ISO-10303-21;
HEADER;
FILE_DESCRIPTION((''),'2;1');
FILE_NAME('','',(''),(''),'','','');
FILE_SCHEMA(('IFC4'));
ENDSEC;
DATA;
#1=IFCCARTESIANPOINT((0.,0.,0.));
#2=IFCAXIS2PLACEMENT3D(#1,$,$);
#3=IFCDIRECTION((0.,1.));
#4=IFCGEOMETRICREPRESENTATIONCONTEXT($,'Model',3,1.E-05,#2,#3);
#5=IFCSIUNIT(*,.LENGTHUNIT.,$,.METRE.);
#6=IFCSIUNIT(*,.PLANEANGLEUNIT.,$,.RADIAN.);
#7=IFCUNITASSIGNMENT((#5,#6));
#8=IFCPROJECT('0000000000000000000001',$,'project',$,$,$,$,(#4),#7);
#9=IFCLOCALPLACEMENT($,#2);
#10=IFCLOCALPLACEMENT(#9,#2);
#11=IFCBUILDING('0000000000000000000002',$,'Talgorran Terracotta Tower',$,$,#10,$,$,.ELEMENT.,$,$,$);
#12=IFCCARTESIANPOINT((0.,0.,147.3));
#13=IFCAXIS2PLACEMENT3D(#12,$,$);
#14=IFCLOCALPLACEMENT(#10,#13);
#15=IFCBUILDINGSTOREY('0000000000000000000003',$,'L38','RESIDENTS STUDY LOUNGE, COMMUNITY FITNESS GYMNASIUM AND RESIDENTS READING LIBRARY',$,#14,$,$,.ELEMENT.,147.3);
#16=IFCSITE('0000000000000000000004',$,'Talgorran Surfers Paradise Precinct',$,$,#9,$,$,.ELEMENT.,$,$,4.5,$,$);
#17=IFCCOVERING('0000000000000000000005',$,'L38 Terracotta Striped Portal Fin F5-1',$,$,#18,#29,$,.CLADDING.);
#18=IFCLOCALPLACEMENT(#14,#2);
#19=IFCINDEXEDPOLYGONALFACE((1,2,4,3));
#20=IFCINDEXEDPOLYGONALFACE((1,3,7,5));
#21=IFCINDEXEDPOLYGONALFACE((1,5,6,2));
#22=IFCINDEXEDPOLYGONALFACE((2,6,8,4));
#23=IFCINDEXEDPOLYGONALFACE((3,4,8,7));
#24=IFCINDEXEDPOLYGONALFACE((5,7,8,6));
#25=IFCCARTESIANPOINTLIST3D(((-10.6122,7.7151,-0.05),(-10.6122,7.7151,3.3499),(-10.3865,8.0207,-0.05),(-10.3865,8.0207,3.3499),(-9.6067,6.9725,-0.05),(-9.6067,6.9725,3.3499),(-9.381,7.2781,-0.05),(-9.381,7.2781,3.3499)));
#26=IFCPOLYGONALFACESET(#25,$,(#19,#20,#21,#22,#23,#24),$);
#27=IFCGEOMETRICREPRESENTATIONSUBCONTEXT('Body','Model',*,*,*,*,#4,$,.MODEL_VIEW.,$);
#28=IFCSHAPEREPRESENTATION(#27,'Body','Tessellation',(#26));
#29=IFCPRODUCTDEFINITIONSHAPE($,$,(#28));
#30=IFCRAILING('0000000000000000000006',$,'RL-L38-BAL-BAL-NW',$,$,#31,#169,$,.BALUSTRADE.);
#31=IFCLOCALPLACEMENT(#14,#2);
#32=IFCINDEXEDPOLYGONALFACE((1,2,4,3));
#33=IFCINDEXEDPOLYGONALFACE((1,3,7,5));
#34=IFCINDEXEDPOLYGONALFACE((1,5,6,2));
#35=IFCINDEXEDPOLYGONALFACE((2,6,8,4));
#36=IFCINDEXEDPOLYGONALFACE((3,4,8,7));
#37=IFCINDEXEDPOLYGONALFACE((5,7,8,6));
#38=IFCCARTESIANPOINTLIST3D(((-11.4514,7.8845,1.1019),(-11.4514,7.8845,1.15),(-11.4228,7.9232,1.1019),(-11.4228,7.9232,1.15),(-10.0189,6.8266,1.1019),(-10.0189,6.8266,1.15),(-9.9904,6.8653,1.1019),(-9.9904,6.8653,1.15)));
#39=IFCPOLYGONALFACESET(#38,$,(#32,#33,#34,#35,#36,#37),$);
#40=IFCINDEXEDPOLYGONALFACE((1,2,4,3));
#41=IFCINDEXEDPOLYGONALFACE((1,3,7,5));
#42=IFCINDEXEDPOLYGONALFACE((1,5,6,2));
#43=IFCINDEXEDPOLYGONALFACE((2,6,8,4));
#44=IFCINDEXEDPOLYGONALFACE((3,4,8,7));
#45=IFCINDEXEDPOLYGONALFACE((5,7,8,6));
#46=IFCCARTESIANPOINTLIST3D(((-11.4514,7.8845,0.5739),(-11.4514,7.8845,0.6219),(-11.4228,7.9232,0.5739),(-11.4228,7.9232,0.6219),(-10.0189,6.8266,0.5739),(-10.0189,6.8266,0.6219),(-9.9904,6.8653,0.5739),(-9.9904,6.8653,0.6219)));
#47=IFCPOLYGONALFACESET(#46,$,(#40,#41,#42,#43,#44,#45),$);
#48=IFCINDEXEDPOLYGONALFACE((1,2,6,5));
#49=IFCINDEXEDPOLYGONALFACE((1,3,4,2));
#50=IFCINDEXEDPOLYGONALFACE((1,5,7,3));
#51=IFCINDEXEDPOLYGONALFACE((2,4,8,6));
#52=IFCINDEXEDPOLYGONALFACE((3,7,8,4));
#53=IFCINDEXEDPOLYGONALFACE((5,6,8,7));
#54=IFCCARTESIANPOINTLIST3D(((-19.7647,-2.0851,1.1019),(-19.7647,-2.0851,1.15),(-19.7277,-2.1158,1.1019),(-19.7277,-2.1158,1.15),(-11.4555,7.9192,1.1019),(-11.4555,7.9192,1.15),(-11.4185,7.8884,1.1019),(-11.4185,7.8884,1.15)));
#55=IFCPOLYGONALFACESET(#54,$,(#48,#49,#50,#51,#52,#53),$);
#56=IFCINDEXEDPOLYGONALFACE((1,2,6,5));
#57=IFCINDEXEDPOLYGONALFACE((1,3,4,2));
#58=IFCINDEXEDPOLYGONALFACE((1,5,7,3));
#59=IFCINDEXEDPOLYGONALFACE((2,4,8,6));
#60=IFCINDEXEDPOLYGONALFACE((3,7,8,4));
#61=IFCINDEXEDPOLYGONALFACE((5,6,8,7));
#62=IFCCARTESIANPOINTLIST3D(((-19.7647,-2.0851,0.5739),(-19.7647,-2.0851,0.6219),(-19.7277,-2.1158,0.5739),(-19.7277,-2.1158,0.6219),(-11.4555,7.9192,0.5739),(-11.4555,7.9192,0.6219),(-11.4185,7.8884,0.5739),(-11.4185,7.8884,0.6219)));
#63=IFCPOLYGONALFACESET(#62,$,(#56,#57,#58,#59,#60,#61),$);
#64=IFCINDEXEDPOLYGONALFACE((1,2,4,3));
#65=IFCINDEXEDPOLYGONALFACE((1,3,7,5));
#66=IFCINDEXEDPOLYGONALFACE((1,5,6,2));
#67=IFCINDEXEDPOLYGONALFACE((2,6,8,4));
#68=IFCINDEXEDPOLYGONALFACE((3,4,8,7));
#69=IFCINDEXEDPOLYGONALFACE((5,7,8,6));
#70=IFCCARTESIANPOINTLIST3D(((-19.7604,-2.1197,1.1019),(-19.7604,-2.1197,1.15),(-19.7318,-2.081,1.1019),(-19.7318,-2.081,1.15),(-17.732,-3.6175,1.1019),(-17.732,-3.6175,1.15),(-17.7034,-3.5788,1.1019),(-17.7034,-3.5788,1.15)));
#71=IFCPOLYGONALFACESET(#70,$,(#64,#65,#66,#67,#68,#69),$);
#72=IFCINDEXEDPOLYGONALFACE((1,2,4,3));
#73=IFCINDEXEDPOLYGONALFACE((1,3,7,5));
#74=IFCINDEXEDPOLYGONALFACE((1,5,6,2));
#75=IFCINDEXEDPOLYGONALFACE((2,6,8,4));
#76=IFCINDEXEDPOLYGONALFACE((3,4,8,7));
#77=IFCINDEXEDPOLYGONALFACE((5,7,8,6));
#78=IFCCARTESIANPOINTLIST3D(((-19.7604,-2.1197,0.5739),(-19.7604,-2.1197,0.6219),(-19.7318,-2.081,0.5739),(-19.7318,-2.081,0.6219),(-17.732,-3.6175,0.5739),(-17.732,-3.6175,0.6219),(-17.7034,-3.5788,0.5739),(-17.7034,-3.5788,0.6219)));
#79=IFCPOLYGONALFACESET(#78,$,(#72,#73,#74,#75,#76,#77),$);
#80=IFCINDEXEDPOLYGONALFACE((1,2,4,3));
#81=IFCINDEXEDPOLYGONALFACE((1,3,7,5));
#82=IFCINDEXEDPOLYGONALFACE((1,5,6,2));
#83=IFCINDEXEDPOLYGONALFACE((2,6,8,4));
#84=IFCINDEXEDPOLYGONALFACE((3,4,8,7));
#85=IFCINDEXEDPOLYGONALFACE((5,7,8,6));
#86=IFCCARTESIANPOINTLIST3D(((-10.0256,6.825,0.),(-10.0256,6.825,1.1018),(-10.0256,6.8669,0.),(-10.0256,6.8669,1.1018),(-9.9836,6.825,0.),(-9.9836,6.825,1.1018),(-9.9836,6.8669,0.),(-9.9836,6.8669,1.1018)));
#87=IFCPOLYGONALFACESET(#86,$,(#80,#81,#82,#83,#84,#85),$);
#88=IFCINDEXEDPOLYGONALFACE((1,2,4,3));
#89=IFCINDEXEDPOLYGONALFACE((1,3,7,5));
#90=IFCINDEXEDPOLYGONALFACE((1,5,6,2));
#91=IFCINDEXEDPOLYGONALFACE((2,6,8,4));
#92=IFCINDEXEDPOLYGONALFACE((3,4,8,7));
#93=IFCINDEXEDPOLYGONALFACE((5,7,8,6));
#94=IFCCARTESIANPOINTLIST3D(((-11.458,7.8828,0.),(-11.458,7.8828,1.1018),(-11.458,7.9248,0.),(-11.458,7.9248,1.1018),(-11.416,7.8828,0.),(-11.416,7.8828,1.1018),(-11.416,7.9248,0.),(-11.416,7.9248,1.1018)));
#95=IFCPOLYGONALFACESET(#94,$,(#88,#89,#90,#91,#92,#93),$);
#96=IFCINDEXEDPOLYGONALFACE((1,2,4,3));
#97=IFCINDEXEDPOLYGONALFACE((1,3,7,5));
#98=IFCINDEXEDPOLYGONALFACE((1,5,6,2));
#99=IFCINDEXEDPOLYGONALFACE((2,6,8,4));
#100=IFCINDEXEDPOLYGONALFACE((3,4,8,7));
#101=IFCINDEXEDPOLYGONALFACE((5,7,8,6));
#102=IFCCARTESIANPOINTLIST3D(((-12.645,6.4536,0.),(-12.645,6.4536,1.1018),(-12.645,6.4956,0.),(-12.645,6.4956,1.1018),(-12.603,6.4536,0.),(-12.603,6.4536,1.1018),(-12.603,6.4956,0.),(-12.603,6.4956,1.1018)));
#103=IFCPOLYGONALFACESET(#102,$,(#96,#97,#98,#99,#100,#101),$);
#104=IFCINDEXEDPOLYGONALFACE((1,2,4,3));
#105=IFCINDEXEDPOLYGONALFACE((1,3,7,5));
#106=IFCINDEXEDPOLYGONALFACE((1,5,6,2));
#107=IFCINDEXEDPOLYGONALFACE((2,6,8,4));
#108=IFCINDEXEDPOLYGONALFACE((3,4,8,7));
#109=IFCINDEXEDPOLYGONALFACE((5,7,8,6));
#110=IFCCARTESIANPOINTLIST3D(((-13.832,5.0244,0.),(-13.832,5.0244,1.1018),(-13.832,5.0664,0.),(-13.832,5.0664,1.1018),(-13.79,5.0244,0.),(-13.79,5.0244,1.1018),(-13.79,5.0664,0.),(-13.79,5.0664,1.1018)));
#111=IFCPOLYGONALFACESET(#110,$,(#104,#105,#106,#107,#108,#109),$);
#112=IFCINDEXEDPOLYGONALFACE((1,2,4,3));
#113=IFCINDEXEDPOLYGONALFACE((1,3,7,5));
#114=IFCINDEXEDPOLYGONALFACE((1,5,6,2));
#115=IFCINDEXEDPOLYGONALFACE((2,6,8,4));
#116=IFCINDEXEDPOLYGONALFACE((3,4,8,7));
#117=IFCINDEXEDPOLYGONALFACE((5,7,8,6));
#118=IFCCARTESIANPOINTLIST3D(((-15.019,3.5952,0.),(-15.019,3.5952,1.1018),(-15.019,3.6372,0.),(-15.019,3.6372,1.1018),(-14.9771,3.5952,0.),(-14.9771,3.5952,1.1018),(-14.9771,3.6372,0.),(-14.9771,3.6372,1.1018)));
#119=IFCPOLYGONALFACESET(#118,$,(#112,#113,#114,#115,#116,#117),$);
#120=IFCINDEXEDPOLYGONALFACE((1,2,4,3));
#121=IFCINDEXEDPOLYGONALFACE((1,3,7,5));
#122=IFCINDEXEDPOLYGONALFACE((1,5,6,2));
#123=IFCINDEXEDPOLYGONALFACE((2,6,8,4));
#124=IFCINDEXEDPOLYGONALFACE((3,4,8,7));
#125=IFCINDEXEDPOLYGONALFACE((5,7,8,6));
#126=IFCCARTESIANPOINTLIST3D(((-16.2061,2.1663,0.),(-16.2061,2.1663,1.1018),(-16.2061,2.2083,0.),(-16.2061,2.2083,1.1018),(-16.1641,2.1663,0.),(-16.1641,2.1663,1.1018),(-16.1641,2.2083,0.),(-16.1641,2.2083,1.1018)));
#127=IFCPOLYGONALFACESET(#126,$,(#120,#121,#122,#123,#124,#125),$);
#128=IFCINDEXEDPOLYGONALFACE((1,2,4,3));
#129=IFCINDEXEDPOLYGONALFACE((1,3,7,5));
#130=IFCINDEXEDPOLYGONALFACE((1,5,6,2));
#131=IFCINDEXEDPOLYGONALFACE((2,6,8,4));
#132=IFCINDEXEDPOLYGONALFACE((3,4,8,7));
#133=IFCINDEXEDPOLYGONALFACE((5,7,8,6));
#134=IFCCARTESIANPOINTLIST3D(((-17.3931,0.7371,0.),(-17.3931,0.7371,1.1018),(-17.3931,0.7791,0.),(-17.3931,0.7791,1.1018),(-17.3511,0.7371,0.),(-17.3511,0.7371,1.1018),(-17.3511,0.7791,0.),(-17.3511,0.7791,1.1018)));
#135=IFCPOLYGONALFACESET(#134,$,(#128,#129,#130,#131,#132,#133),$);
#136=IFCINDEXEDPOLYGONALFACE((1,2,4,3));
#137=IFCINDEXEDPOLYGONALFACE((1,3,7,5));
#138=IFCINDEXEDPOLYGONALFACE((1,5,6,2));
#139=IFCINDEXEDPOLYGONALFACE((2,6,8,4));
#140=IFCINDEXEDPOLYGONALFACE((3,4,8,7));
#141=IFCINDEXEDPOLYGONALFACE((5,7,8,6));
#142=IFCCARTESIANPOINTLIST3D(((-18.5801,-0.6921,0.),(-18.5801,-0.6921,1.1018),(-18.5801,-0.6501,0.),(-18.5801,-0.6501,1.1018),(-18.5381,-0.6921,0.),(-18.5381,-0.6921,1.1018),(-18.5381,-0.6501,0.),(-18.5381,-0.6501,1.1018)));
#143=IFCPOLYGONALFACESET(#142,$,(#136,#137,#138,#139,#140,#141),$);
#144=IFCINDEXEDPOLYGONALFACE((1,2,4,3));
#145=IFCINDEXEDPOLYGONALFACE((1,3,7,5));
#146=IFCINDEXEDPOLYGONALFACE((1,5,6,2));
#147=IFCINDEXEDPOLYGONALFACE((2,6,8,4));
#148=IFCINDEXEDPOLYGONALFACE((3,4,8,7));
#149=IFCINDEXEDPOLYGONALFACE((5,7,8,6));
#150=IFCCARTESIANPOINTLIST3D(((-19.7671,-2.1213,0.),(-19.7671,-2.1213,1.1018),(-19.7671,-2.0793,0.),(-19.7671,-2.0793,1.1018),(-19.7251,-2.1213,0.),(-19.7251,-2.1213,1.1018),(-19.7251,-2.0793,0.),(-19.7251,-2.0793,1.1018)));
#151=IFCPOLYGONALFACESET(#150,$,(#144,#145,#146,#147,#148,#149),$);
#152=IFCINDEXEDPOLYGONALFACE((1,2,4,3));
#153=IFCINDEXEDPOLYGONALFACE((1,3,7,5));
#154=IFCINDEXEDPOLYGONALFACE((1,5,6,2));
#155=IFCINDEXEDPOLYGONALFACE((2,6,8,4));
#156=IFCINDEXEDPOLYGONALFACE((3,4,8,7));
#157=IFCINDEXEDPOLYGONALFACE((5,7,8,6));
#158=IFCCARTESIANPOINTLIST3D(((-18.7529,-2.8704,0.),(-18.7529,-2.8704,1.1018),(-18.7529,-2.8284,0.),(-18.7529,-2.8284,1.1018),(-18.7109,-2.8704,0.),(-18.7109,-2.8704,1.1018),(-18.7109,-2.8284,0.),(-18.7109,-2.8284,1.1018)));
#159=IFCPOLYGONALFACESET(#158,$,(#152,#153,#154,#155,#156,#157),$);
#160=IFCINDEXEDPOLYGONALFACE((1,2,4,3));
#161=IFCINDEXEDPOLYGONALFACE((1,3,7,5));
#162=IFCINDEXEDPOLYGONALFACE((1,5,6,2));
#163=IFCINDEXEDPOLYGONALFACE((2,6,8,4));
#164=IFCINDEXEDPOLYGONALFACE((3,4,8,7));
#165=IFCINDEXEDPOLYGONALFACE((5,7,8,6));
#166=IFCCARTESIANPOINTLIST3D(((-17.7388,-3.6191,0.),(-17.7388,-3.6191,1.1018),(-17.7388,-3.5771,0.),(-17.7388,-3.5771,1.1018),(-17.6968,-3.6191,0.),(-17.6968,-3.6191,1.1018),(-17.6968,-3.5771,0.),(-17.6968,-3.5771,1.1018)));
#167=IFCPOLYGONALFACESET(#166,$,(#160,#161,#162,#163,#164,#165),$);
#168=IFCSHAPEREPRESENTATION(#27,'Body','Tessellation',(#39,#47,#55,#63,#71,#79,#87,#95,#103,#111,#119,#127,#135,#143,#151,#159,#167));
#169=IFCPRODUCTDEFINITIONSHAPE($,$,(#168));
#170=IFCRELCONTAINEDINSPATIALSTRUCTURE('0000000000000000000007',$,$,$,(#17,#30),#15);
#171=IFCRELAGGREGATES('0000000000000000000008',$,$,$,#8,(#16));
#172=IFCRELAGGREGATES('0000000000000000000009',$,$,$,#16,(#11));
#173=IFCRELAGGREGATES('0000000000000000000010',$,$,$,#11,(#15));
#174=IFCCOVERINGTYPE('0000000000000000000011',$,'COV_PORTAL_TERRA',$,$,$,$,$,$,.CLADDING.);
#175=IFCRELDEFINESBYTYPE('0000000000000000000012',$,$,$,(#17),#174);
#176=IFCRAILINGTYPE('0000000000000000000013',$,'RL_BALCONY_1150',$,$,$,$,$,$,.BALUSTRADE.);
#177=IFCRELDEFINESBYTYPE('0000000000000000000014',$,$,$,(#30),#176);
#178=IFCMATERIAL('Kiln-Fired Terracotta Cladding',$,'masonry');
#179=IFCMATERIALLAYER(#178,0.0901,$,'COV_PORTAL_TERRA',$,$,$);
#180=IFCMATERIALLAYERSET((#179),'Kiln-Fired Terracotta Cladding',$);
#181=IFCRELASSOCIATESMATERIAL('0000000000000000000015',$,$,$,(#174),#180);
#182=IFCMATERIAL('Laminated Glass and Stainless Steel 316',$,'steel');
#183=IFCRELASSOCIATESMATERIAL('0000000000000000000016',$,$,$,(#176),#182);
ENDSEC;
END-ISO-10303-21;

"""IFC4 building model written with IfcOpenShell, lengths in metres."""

from ifc_helpers import new_model, si_unit, direction, frame, origin, origin_2d, place, context, subcontext, project, spatial, rectangle, extrude, material, layer, layer_set, type_object, element, save


model = new_model("IFC4")

# Units and contexts
model_context = context("Model", 3, precision=1e-05, world=origin(), true_north=direction((0.0, 1.0)))
body_context = subcontext(model_context, "Body", "Model", "MODEL_VIEW")
ifc_project = project(units=[si_unit("LENGTHUNIT", "METRE"), si_unit("PLANEANGLEUNIT", "RADIAN")], contexts=[model_context])

# Site, building, storey
site_placement = place(None, origin())
site = spatial("IfcSite", under=ifc_project, at=site_placement, Name="Talgorran Surfers Paradise Precinct", CompositionType="ELEMENT", RefElevation=4.5)
building_placement = place(site_placement, origin())
building = spatial("IfcBuilding", under=site, at=building_placement, Name="Talgorran Terracotta Tower", CompositionType="ELEMENT")
storey_placement = place(building_placement, frame((0.0, 0.0, 147.3)))
storey = spatial("IfcBuildingStorey", under=building, at=storey_placement, Name="L38", Description="RESIDENTS STUDY LOUNGE, COMMUNITY FITNESS GYMNASIUM AND RESIDENTS READING LIBRARY", CompositionType="ELEMENT", Elevation=147.3)

# Covering
ifc_material_1 = material(Name="Kiln-Fired Terracotta Cladding", Category="masonry")
ifc_layer_1 = layer(ifc_material_1, 0.0901, Name="COV_PORTAL_TERRA")
ifc_layer_set_1 = layer_set([ifc_layer_1], Name="Kiln-Fired Terracotta Cladding")
covering_type_1 = type_object("IfcCoveringType", Name="COV_PORTAL_TERRA", PredefinedType="CLADDING", material=ifc_layer_set_1)
covering_1_placement = place(storey_placement, frame((-9.9966, 7.4966, -0.05), z_axis=(0.0, 0.0, 1.0), x_axis=(-0.594079, -0.804407, 0.0)))
element("IfcCovering", 1, at=covering_1_placement, inside=storey, type_object=covering_type_1, Name="L38 Terracotta Striped Portal Fin F5-1", PredefinedType="CLADDING", context=body_context, shape_type="SweptSolid", body=[
    extrude(rectangle(XDim=0.3799, YDim=1.25, at=origin_2d()), origin(), (0.0, 0.0, 1.0), 3.3999),
])

# Railing
ifc_material_2 = material(Name="Laminated Glass and Stainless Steel 316", Category="steel")
railing_type = type_object("IfcRailingType", Name="RL_BALCONY_1150", PredefinedType="BALUSTRADE", material=ifc_material_2)
railing_placement = place(storey_placement, frame((-10.0046, 6.8459, 0.0)))
element("IfcRailing", 2, at=railing_placement, inside=storey, type_object=railing_type, Name="RL-L38-BAL-BAL-NW", PredefinedType="BALUSTRADE", context=body_context, shape_type="SweptSolid", body=[
    extrude(rectangle(XDim=0.0481, YDim=0.0481, at=origin_2d()), frame((0.0, 0.0, 1.126), z_axis=(-0.804404, 0.594083, 0.0), x_axis=(-0.594083, -0.804404, 0.0)), (0.0, 0.0, 1.0), 1.7808),
    extrude(rectangle(XDim=0.0481, YDim=0.0481, at=origin_2d()), frame((0.0, 0.0, 0.5979), z_axis=(-0.804404, 0.594083, 0.0), x_axis=(-0.594083, -0.804404, 0.0)), (0.0, 0.0, 1.0), 1.7808),
    extrude(rectangle(XDim=0.0481, YDim=0.0481, at=origin_2d()), frame((-1.4324, 1.0579, 1.126), z_axis=(-0.638926, -0.769268, 0.0), x_axis=(0.769268, -0.638926, 0.0)), (0.0, 0.0, 1.0), 13.0049),
    extrude(rectangle(XDim=0.0481, YDim=0.0481, at=origin_2d()), frame((-1.4324, 1.0579, 0.5979), z_axis=(-0.638926, -0.769268, 0.0), x_axis=(0.769268, -0.638926, 0.0)), (0.0, 0.0, 1.0), 13.0049),
    extrude(rectangle(XDim=0.0481, YDim=0.0481, at=origin_2d()), frame((-9.7415, -8.9463, 1.126), z_axis=(0.80444, -0.594034, 0.0), x_axis=(0.594034, 0.80444, 0.0)), (0.0, 0.0, 1.0), 2.5215),
    extrude(rectangle(XDim=0.0481, YDim=0.0481, at=origin_2d()), frame((-9.7415, -8.9463, 0.5979), z_axis=(0.80444, -0.594034, 0.0), x_axis=(0.594034, 0.80444, 0.0)), (0.0, 0.0, 1.0), 2.5215),
    extrude(rectangle(XDim=0.042, YDim=0.042, at=origin_2d()), origin(), (0.0, 0.0, 1.0), 1.1018),
    extrude(rectangle(XDim=0.042, YDim=0.042, at=origin_2d()), frame((-1.4324, 1.0579, 0.0)), (0.0, 0.0, 1.0), 1.1018),
    extrude(rectangle(XDim=0.042, YDim=0.042, at=origin_2d()), frame((-2.6194, -0.3713, 0.0)), (0.0, 0.0, 1.0), 1.1018),
    extrude(rectangle(XDim=0.042, YDim=0.042, at=origin_2d()), frame((-3.8064, -1.8005, 0.0)), (0.0, 0.0, 1.0), 1.1018),
    extrude(rectangle(XDim=0.042, YDim=0.042, at=origin_2d()), frame((-4.9934, -3.2297, 0.0)), (0.0, 0.0, 1.0), 1.1018),
    extrude(rectangle(XDim=0.042, YDim=0.042, at=origin_2d()), frame((-6.1804, -4.6587, 0.0)), (0.0, 0.0, 1.0), 1.1018),
    extrude(rectangle(XDim=0.042, YDim=0.042, at=origin_2d()), frame((-7.3674, -6.0879, 0.0)), (0.0, 0.0, 1.0), 1.1018),
    extrude(rectangle(XDim=0.042, YDim=0.042, at=origin_2d()), frame((-8.5544, -7.5171, 0.0)), (0.0, 0.0, 1.0), 1.1018),
    extrude(rectangle(XDim=0.042, YDim=0.042, at=origin_2d()), frame((-9.7415, -8.9463, 0.0)), (0.0, 0.0, 1.0), 1.1018),
    extrude(rectangle(XDim=0.042, YDim=0.042, at=origin_2d()), frame((-8.7273, -9.6953, 0.0)), (0.0, 0.0, 1.0), 1.1018),
    extrude(rectangle(XDim=0.042, YDim=0.042, at=origin_2d()), frame((-7.7131, -10.4441, 0.0)), (0.0, 0.0, 1.0), 1.1018),
])

save(model, "model.ifc")
